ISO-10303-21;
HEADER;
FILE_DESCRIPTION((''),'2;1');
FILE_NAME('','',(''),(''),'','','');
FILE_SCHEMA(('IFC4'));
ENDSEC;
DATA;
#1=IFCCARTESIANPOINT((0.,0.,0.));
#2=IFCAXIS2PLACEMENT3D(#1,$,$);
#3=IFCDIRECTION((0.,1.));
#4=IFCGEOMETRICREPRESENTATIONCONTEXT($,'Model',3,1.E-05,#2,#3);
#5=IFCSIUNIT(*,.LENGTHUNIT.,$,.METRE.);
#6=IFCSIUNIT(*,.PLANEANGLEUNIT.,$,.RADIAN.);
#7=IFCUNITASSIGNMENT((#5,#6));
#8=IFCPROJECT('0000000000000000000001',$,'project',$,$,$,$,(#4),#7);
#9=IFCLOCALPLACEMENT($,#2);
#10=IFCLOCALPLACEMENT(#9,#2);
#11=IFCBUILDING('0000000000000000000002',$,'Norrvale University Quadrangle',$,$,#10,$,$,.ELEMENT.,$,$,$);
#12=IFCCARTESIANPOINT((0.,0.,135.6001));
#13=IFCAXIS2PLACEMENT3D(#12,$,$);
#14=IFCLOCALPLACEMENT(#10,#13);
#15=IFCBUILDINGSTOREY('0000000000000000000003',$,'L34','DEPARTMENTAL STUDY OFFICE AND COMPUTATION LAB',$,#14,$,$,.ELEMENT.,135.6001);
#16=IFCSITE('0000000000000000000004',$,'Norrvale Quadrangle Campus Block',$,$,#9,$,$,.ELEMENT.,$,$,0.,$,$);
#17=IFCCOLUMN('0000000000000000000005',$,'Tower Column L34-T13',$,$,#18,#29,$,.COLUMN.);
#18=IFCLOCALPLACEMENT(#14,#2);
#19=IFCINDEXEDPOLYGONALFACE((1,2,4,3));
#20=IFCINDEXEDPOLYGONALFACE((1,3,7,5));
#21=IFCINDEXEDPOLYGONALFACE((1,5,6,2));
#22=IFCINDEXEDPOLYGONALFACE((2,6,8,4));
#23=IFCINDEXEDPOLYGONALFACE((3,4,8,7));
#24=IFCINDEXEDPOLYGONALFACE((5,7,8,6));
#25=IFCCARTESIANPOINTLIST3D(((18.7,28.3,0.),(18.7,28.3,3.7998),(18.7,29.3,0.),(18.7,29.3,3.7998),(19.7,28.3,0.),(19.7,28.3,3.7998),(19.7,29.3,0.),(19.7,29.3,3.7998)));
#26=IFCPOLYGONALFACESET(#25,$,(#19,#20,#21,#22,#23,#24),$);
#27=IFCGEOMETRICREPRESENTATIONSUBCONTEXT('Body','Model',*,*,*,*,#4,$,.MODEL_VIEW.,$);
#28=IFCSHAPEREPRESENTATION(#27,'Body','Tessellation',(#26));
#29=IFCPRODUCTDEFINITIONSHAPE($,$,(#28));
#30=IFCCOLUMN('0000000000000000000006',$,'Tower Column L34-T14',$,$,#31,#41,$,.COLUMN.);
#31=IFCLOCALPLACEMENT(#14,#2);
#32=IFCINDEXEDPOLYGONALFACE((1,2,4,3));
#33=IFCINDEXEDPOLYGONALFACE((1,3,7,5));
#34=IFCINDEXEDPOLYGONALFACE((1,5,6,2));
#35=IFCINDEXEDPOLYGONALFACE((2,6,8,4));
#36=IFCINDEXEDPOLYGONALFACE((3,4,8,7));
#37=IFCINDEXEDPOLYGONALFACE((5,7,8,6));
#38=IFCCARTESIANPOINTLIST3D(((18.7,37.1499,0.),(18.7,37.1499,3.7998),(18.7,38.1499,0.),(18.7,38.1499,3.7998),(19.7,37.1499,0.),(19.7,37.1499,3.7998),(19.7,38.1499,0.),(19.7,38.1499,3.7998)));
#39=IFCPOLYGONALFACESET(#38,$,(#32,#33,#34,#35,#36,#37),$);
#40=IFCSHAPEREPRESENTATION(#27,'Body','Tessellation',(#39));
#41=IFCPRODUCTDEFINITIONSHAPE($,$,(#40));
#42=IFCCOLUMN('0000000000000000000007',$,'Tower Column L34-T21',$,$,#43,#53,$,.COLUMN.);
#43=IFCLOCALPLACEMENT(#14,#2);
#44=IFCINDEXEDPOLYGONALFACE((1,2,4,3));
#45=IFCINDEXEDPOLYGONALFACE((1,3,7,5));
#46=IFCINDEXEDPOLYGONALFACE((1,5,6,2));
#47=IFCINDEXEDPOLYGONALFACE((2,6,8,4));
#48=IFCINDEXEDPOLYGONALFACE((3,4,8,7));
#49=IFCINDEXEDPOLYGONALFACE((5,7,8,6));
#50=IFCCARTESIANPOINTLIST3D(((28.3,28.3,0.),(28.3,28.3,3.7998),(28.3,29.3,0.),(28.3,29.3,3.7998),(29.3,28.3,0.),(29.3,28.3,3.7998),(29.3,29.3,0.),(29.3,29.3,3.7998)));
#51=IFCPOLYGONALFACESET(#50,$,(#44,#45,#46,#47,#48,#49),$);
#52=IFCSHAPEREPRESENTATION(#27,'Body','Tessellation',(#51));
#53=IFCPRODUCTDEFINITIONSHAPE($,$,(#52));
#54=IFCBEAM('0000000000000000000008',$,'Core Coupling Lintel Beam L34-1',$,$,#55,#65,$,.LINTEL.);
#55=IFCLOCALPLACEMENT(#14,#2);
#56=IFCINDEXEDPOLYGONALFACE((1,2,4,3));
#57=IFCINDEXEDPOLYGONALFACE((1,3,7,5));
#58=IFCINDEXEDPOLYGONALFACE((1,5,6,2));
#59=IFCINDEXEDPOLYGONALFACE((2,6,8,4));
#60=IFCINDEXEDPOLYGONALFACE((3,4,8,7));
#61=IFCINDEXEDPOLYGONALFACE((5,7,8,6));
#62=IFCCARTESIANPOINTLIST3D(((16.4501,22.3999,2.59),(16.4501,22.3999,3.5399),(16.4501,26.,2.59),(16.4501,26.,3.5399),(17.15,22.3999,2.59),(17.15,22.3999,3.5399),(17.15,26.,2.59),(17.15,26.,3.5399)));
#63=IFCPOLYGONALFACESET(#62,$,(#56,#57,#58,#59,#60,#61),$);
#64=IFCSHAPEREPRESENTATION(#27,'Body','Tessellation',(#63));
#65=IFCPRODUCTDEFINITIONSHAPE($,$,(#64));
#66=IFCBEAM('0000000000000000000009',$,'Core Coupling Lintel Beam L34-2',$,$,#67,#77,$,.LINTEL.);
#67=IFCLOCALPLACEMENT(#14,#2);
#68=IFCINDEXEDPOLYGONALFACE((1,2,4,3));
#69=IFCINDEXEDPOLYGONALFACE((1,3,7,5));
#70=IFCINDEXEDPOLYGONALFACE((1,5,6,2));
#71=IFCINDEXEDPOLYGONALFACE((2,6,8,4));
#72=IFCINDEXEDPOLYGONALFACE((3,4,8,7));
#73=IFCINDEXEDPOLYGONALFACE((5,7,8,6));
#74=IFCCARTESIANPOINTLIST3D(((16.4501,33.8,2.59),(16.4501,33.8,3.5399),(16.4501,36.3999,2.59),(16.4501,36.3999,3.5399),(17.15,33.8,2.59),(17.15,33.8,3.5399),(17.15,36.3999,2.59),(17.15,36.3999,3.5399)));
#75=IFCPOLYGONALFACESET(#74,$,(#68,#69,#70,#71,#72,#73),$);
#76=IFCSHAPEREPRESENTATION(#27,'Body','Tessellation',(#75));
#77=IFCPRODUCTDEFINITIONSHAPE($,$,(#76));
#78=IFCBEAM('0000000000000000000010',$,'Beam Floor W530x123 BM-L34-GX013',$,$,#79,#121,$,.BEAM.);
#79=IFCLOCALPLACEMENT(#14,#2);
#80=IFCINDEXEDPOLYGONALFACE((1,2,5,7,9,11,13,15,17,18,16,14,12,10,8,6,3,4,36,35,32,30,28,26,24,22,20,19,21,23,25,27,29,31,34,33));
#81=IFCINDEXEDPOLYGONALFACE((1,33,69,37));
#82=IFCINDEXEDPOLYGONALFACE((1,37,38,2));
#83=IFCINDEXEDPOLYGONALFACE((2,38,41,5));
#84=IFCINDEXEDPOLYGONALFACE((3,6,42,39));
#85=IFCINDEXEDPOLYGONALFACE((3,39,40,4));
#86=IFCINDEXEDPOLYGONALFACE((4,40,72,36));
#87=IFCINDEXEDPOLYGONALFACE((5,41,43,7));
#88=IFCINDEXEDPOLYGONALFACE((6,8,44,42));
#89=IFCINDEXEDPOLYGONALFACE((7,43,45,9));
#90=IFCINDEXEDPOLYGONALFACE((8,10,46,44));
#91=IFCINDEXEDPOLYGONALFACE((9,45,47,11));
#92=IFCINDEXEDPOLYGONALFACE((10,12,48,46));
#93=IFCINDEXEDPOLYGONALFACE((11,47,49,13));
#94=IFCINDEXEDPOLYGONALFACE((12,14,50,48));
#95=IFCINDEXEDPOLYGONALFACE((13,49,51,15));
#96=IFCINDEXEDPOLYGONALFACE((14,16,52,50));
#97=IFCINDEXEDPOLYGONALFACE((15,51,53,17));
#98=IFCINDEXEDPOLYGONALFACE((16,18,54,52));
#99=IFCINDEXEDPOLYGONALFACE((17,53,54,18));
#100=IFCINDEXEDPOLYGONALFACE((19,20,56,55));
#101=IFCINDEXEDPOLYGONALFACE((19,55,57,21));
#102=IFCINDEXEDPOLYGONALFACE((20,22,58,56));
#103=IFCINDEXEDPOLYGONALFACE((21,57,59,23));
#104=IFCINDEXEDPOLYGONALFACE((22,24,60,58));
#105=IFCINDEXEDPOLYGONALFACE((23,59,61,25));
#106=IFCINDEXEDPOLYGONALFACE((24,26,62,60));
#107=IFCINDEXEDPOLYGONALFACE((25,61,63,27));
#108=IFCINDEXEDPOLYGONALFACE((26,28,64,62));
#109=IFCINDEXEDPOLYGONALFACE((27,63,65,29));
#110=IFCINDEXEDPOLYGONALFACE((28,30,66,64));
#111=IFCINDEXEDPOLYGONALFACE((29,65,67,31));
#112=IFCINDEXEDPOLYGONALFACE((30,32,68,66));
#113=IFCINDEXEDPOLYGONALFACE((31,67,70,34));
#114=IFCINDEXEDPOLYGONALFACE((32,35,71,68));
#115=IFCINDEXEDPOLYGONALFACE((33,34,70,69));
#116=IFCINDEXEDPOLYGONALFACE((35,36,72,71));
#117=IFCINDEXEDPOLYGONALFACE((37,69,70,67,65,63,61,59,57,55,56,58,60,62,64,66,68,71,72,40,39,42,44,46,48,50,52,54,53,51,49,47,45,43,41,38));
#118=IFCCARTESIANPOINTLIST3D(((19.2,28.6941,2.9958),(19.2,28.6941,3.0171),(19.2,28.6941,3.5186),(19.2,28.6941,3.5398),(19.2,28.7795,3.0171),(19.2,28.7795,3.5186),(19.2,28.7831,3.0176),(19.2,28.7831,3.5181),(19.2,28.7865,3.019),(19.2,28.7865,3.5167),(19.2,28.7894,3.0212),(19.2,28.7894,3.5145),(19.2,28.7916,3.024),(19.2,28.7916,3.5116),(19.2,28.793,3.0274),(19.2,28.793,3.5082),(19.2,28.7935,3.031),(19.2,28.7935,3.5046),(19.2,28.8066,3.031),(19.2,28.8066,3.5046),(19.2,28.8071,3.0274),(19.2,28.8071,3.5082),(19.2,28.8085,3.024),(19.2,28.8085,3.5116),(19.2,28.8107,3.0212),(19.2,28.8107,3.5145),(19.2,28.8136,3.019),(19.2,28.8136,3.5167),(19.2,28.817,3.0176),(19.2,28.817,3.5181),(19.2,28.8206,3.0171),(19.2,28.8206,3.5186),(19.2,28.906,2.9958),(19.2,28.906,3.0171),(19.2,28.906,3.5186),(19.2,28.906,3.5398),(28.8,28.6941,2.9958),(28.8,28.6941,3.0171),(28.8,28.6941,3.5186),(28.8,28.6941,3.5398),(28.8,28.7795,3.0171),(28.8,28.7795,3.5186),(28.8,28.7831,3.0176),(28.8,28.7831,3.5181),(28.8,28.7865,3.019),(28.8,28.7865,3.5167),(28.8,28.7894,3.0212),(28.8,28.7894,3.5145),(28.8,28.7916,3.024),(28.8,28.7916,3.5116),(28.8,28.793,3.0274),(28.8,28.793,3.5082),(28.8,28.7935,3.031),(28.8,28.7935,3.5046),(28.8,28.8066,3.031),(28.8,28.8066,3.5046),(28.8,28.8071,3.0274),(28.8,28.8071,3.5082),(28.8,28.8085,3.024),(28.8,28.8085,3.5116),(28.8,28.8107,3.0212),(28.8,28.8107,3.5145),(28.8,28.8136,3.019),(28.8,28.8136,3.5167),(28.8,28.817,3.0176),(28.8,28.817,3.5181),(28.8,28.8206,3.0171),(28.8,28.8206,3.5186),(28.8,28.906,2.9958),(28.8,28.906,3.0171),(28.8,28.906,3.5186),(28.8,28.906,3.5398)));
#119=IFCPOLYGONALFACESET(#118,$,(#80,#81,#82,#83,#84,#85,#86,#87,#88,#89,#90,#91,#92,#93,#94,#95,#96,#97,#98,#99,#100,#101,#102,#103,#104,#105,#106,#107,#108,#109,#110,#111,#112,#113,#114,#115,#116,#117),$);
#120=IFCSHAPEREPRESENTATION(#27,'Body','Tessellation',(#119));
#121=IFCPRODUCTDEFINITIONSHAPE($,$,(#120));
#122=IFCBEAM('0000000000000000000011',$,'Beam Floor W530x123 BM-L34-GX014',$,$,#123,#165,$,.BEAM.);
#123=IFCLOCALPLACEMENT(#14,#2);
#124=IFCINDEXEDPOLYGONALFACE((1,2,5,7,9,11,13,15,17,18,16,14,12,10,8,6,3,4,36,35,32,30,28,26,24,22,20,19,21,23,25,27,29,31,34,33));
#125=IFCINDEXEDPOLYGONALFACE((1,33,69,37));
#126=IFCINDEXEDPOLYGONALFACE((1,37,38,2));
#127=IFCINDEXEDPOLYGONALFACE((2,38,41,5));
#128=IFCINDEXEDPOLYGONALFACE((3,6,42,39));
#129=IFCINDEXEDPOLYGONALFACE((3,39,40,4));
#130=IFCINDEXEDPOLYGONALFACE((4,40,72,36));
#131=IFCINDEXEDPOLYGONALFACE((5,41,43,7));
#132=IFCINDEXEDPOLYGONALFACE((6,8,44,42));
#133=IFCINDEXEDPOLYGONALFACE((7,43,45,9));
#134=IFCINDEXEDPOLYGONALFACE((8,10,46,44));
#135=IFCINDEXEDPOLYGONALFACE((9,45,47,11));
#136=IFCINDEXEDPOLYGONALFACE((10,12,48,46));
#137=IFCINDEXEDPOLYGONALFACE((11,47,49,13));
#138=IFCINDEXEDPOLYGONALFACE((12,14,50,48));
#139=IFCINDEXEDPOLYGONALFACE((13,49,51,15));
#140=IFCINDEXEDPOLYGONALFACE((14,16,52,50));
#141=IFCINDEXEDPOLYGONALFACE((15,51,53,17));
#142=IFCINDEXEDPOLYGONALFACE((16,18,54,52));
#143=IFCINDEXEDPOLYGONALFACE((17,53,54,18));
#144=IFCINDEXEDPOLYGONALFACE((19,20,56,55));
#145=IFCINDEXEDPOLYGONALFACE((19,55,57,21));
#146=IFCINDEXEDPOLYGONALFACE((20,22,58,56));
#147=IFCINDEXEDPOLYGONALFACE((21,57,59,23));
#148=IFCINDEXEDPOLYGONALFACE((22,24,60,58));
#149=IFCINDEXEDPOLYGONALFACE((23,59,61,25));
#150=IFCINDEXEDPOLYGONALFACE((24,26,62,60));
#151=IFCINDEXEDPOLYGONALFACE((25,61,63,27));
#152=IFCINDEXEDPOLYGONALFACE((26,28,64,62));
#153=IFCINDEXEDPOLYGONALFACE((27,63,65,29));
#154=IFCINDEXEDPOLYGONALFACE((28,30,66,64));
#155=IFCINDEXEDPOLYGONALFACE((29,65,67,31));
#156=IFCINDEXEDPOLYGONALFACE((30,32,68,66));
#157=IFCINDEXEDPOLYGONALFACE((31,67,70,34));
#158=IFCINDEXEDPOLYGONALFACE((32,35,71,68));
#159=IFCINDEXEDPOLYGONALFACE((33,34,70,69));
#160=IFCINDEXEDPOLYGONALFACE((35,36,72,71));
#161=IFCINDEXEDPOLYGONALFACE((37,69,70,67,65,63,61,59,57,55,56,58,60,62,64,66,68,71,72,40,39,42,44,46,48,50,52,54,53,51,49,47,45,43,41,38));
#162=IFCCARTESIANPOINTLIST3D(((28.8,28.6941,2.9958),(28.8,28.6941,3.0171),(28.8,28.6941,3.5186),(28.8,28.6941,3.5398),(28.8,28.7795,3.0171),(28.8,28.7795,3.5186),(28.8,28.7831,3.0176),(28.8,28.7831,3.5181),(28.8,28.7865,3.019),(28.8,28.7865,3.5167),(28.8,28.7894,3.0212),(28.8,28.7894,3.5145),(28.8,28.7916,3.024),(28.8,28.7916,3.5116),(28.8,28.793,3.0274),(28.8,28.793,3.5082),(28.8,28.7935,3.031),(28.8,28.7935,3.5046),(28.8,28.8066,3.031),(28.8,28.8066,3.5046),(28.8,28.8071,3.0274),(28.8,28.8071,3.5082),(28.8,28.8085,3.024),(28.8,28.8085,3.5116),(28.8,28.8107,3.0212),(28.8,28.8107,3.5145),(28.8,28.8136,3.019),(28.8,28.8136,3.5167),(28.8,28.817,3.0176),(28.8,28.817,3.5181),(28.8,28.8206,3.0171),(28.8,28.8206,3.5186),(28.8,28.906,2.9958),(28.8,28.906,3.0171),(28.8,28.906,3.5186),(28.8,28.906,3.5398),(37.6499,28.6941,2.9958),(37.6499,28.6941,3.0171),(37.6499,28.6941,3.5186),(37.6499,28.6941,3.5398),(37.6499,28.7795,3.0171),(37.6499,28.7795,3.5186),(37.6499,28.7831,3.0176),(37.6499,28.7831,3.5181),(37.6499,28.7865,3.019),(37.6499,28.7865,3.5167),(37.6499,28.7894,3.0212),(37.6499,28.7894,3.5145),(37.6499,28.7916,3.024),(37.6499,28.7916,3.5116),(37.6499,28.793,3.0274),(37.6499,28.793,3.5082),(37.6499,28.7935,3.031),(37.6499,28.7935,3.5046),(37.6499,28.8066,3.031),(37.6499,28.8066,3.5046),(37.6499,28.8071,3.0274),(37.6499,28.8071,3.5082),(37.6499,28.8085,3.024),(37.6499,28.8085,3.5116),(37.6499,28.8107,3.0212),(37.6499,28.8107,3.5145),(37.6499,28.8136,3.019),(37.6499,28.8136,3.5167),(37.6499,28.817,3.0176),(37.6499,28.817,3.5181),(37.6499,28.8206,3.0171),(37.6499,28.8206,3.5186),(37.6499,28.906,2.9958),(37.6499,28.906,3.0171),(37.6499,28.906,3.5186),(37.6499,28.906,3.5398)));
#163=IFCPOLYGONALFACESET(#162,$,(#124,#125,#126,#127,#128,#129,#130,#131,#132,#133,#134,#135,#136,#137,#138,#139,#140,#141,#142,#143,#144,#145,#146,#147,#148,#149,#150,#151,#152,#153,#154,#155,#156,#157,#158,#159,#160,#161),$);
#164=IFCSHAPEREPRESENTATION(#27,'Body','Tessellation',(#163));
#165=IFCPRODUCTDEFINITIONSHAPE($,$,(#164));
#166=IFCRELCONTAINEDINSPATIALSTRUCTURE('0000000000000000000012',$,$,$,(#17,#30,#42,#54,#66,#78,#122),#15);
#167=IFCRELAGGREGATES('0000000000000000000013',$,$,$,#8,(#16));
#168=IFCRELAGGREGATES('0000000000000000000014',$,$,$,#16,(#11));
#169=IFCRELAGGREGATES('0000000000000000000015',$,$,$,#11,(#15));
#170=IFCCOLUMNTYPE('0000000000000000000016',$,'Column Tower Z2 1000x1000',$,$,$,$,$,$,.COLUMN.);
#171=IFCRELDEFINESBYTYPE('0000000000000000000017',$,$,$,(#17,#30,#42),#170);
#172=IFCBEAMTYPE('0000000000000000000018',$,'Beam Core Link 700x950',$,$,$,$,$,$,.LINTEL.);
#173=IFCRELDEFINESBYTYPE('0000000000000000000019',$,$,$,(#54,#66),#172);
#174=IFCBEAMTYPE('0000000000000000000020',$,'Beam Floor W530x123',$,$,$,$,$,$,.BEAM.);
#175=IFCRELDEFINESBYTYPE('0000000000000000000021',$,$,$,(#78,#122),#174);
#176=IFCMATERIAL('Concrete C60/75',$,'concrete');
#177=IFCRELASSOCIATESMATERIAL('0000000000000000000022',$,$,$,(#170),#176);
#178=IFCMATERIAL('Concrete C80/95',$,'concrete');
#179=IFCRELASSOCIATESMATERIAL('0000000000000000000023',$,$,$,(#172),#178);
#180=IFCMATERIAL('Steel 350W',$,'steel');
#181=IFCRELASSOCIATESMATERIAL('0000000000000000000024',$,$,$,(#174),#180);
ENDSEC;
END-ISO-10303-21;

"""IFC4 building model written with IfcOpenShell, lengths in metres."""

from ifc_helpers import new_model, si_unit, direction, frame, origin, origin_2d, place, context, subcontext, project, spatial, rectangle, i_section, extrude, material, material_profile, profile_set, type_object, element, save


model = new_model("IFC4")

# Units and contexts
model_context = context("Model", 3, precision=1e-05, world=origin(), true_north=direction((0.0, 1.0)))
body_context = subcontext(model_context, "Body", "Model", "MODEL_VIEW")
ifc_project = project(units=[si_unit("LENGTHUNIT", "METRE"), si_unit("PLANEANGLEUNIT", "RADIAN")], contexts=[model_context])

# Site, building, storey
site_placement = place(None, origin())
site = spatial("IfcSite", under=ifc_project, at=site_placement, Name="Norrvale Quadrangle Campus Block", CompositionType="ELEMENT", RefElevation=0.0)
building_placement = place(site_placement, origin())
building = spatial("IfcBuilding", under=site, at=building_placement, Name="Norrvale University Quadrangle", CompositionType="ELEMENT")
storey_placement = place(building_placement, frame((0.0, 0.0, 135.6001)))
storey = spatial("IfcBuildingStorey", under=building, at=storey_placement, Name="L34", Description="DEPARTMENTAL STUDY OFFICE AND COMPUTATION LAB", CompositionType="ELEMENT", Elevation=135.6001)

# Columns
ifc_material_1 = material(Name="Concrete C60/75", Category="concrete")
ifc_material_profile_1 = material_profile(ifc_material_1, rectangle(XDim=1.0, YDim=1.0, at=origin_2d()), Name="Concrete C60/75")
ifc_profile_set_1 = profile_set([ifc_material_profile_1], Name="Concrete C60/75")
column_type = type_object("IfcColumnType", Name="Column Tower Z2 1000x1000", PredefinedType="COLUMN", material=ifc_profile_set_1)
for number, where, z_axis, x_axis, name in (
    (1, (19.2, 28.8, 0.0), (0.0, 0.0, 1.0), (1.0, 0.0, 0.0), "Tower Column L34-T13"),
    (2, (19.2, 37.6499, 0.0), (0.0, 0.0, 1.0), (1.0, 0.0, 0.0), "Tower Column L34-T14"),
    (3, (28.8, 28.8, 0.0), (0.0, 0.0, 1.0), (1.0, 0.0, 0.0), "Tower Column L34-T21"),
):
    element("IfcColumn", number, at=place(storey_placement, frame(where, z_axis=z_axis, x_axis=x_axis)), inside=storey, type_object=column_type, Name=name, PredefinedType="COLUMN", context=body_context, shape_type="SweptSolid", body=[
        extrude(rectangle(XDim=1.0, YDim=1.0, at=origin_2d()), origin(), (0.0, 0.0, 1.0), 3.7998),
    ])

# Beams
ifc_material_2 = material(Name="Concrete C80/95", Category="concrete")
ifc_material_profile_2 = material_profile(ifc_material_2, rectangle(XDim=0.7, YDim=0.95, at=origin_2d()), Name="Concrete C80/95")
ifc_profile_set_2 = profile_set([ifc_material_profile_2], Name="Concrete C80/95")
beam_type_1 = type_object("IfcBeamType", Name="Beam Core Link 700x950", PredefinedType="LINTEL", material=ifc_profile_set_2)
beam_1_placement = place(storey_placement, frame((16.8, 22.3999, 3.0649), z_axis=(0.0, 1.0, 0.0), x_axis=(-1.0, 0.0, 0.0)))
element("IfcBeam", 4, at=beam_1_placement, inside=storey, type_object=beam_type_1, Name="Core Coupling Lintel Beam L34-1", PredefinedType="LINTEL", context=body_context, shape_type="SweptSolid", body=[
    extrude(rectangle(XDim=0.7, YDim=0.95, at=origin_2d()), origin(), (0.0, 0.0, 1.0), 3.6001),
])
beam_2_placement = place(storey_placement, frame((16.8, 33.8, 3.0649), z_axis=(0.0, 1.0, 0.0), x_axis=(-1.0, 0.0, 0.0)))
element("IfcBeam", 5, at=beam_2_placement, inside=storey, type_object=beam_type_1, Name="Core Coupling Lintel Beam L34-2", PredefinedType="LINTEL", context=body_context, shape_type="SweptSolid", body=[
    extrude(rectangle(XDim=0.7, YDim=0.95, at=origin_2d()), origin(), (0.0, 0.0, 1.0), 2.5999),
])
ifc_material_3 = material(Name="Steel 350W", Category="steel")
ifc_material_profile_3 = material_profile(ifc_material_3, i_section(OverallWidth=0.2119, OverallDepth=0.5439, WebThickness=0.0132, FlangeThickness=0.0212, FilletRadius=0.0139, at=origin_2d()), Name="Steel 350W")
ifc_profile_set_3 = profile_set([ifc_material_profile_3], Name="Steel 350W")
beam_type_2 = type_object("IfcBeamType", Name="Beam Floor W530x123", PredefinedType="BEAM", material=ifc_profile_set_3)
beam_3_placement = place(storey_placement, frame((19.2, 28.8, 3.2678), z_axis=(1.0, 0.0, 0.0), x_axis=(0.0, 1.0, 0.0)))
element("IfcBeam", 6, at=beam_3_placement, inside=storey, type_object=beam_type_2, Name="Beam Floor W530x123 BM-L34-GX013", PredefinedType="BEAM", context=body_context, shape_type="SweptSolid", body=[
    extrude(i_section(OverallWidth=0.2119, OverallDepth=0.5439, WebThickness=0.0132, FlangeThickness=0.0212, FilletRadius=0.0139, at=origin_2d()), origin(), (0.0, 0.0, 1.0), 9.6001),
])
beam_4_placement = place(storey_placement, frame((28.8, 28.8, 3.2678), z_axis=(1.0, 0.0, 0.0), x_axis=(0.0, 1.0, 0.0)))
element("IfcBeam", 7, at=beam_4_placement, inside=storey, type_object=beam_type_2, Name="Beam Floor W530x123 BM-L34-GX014", PredefinedType="BEAM", context=body_context, shape_type="SweptSolid", body=[
    extrude(i_section(OverallWidth=0.2119, OverallDepth=0.5439, WebThickness=0.0132, FlangeThickness=0.0212, FilletRadius=0.0139, at=origin_2d()), origin(), (0.0, 0.0, 1.0), 8.8499),
])

save(model, "model.ifc")
